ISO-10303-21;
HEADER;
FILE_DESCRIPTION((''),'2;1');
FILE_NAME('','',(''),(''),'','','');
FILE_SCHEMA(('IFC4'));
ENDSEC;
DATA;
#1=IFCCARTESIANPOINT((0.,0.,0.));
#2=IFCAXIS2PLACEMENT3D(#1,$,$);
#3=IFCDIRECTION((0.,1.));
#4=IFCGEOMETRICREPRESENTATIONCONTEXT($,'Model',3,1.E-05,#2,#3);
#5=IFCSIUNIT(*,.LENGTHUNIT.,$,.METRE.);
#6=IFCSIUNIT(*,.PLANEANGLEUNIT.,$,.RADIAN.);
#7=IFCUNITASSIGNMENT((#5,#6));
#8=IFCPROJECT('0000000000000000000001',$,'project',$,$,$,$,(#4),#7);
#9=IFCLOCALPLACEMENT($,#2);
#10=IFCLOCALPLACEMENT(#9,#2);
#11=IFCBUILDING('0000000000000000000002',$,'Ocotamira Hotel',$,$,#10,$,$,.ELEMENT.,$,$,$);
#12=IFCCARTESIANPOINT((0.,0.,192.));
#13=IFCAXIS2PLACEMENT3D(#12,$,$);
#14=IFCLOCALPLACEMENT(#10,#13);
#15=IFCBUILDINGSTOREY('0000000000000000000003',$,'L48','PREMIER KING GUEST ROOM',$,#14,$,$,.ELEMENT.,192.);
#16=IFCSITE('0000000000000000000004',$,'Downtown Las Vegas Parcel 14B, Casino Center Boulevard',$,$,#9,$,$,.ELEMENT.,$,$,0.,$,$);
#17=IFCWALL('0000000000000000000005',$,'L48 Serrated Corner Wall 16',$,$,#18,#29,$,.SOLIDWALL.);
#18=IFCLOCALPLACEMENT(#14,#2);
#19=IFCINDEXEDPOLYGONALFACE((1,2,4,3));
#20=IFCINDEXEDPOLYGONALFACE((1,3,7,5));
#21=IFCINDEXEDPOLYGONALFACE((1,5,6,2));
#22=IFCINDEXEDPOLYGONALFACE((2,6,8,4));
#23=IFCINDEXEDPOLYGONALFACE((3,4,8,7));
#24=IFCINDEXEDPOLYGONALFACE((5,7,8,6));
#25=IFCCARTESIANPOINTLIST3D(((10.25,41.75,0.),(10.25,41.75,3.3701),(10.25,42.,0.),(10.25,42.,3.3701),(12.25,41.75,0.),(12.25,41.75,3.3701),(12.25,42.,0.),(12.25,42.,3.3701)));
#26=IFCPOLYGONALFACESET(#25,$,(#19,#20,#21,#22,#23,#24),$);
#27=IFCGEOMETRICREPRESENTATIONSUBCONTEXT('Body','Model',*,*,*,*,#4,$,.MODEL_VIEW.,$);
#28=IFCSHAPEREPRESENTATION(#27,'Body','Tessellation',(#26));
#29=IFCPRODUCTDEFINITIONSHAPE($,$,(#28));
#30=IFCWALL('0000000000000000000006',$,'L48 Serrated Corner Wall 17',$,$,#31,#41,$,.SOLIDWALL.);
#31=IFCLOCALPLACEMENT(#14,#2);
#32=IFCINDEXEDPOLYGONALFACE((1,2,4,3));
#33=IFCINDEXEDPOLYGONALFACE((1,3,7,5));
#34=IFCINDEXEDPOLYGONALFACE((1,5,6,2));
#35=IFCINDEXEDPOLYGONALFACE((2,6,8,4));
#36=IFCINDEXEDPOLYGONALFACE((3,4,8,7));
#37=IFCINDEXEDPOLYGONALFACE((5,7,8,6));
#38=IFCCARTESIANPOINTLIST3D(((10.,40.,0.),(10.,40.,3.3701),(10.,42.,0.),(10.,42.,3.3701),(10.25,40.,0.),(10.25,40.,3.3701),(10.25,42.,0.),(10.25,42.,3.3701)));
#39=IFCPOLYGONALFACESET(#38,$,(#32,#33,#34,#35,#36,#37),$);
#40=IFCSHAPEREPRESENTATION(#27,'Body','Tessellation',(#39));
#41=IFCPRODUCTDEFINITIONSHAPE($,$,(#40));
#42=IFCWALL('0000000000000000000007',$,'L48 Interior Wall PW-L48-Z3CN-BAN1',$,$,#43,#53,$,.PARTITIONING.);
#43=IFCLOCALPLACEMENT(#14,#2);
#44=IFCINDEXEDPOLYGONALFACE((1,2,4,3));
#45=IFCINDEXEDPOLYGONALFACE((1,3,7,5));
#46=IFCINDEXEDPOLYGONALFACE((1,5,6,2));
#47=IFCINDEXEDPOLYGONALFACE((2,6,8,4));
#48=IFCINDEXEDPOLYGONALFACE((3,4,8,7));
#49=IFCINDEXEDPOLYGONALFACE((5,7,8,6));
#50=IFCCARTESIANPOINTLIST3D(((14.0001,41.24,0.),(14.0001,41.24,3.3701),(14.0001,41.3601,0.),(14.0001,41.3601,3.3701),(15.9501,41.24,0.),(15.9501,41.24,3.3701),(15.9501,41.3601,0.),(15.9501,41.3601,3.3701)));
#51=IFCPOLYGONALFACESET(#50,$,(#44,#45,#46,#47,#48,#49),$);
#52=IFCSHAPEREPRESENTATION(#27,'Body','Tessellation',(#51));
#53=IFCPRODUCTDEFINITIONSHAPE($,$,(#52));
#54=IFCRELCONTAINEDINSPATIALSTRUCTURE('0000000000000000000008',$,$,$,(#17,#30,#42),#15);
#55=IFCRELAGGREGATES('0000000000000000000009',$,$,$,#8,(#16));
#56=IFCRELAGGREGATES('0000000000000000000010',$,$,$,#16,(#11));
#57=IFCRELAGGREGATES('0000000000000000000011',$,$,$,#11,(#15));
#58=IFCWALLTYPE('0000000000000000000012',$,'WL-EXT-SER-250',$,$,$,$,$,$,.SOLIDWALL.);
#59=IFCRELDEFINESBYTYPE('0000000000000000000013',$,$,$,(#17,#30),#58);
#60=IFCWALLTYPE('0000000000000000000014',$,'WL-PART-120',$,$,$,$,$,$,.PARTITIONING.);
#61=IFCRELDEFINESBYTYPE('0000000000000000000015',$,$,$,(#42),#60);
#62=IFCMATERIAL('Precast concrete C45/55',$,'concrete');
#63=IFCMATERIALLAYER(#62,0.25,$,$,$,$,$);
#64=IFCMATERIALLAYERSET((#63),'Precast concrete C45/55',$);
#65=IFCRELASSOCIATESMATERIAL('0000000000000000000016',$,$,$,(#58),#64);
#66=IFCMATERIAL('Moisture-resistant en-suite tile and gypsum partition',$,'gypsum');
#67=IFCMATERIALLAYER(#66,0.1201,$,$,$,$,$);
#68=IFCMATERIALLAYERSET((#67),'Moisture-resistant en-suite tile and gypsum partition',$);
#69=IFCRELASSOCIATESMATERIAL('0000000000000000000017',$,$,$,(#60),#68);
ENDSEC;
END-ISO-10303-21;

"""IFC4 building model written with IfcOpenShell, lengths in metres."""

from ifc_helpers import new_model, si_unit, direction, frame, frame_2d, origin, place, context, subcontext, project, spatial, rectangle, extrude, material, layer, layer_set, type_object, element, save


model = new_model("IFC4")

# Units and contexts
model_context = context("Model", 3, precision=1e-05, world=origin(), true_north=direction((0.0, 1.0)))
body_context = subcontext(model_context, "Body", "Model", "MODEL_VIEW")
ifc_project = project(units=[si_unit("LENGTHUNIT", "METRE"), si_unit("PLANEANGLEUNIT", "RADIAN")], contexts=[model_context])

# Site, building, storey
site_placement = place(None, origin())
site = spatial("IfcSite", under=ifc_project, at=site_placement, Name="Downtown Las Vegas Parcel 14B, Casino Center Boulevard", CompositionType="ELEMENT", RefElevation=0.0)
building_placement = place(site_placement, origin())
building = spatial("IfcBuilding", under=site, at=building_placement, Name="Ocotamira Hotel", CompositionType="ELEMENT")
storey_placement = place(building_placement, frame((0.0, 0.0, 192.0)))
storey = spatial("IfcBuildingStorey", under=building, at=storey_placement, Name="L48", Description="PREMIER KING GUEST ROOM", CompositionType="ELEMENT", Elevation=192.0)

# Shared definitions
ifc_material_1 = material(Name="Precast concrete C45/55", Category="concrete")
ifc_layer_1 = layer(ifc_material_1, 0.25)
ifc_layer_set_1 = layer_set([ifc_layer_1], Name="Precast concrete C45/55")
wall_type_1 = type_object("IfcWallType", Name="WL-EXT-SER-250", PredefinedType="SOLIDWALL", material=ifc_layer_set_1)

# Walls
for number, where, z_axis, x_axis, name in (
    (1, (12.25, 41.875, 0.0), (0.0, 0.0, 1.0), (-1.0, 0.0, 0.0), "L48 Serrated Corner Wall 16"),
    (2, (10.125, 42.0, 0.0), (0.0, 0.0, 1.0), (0.0, -1.0, 0.0), "L48 Serrated Corner Wall 17"),
):
    element("IfcWall", number, at=place(storey_placement, frame(where, z_axis=z_axis, x_axis=x_axis)), inside=storey, type_object=wall_type_1, Name=name, PredefinedType="SOLIDWALL", context=body_context, shape_type="SweptSolid", body=[
        extrude(rectangle(XDim=2.0, YDim=0.25, at=frame_2d((1.0, 0.0))), origin(), (0.0, 0.0, 1.0), 3.3701),
    ])
ifc_material_2 = material(Name="Moisture-resistant en-suite tile and gypsum partition", Category="gypsum")
ifc_layer_2 = layer(ifc_material_2, 0.1201)
ifc_layer_set_2 = layer_set([ifc_layer_2], Name="Moisture-resistant en-suite tile and gypsum partition")
wall_type_2 = type_object("IfcWallType", Name="WL-PART-120", PredefinedType="PARTITIONING", material=ifc_layer_set_2)
wall_1_placement = place(storey_placement, frame((14.0, 41.3, 0.0), z_axis=(0.0, 0.0, 1.0), x_axis=(1.0, 0.0, 0.0)))
element("IfcWall", 3, at=wall_1_placement, inside=storey, type_object=wall_type_2, Name="L48 Interior Wall PW-L48-Z3CN-BAN1", PredefinedType="PARTITIONING", context=body_context, shape_type="SweptSolid", body=[
    extrude(rectangle(XDim=1.95, YDim=0.1201, at=frame_2d((0.9751, 0.0))), origin(), (0.0, 0.0, 1.0), 3.3701),
])

save(model, "model.ifc")
